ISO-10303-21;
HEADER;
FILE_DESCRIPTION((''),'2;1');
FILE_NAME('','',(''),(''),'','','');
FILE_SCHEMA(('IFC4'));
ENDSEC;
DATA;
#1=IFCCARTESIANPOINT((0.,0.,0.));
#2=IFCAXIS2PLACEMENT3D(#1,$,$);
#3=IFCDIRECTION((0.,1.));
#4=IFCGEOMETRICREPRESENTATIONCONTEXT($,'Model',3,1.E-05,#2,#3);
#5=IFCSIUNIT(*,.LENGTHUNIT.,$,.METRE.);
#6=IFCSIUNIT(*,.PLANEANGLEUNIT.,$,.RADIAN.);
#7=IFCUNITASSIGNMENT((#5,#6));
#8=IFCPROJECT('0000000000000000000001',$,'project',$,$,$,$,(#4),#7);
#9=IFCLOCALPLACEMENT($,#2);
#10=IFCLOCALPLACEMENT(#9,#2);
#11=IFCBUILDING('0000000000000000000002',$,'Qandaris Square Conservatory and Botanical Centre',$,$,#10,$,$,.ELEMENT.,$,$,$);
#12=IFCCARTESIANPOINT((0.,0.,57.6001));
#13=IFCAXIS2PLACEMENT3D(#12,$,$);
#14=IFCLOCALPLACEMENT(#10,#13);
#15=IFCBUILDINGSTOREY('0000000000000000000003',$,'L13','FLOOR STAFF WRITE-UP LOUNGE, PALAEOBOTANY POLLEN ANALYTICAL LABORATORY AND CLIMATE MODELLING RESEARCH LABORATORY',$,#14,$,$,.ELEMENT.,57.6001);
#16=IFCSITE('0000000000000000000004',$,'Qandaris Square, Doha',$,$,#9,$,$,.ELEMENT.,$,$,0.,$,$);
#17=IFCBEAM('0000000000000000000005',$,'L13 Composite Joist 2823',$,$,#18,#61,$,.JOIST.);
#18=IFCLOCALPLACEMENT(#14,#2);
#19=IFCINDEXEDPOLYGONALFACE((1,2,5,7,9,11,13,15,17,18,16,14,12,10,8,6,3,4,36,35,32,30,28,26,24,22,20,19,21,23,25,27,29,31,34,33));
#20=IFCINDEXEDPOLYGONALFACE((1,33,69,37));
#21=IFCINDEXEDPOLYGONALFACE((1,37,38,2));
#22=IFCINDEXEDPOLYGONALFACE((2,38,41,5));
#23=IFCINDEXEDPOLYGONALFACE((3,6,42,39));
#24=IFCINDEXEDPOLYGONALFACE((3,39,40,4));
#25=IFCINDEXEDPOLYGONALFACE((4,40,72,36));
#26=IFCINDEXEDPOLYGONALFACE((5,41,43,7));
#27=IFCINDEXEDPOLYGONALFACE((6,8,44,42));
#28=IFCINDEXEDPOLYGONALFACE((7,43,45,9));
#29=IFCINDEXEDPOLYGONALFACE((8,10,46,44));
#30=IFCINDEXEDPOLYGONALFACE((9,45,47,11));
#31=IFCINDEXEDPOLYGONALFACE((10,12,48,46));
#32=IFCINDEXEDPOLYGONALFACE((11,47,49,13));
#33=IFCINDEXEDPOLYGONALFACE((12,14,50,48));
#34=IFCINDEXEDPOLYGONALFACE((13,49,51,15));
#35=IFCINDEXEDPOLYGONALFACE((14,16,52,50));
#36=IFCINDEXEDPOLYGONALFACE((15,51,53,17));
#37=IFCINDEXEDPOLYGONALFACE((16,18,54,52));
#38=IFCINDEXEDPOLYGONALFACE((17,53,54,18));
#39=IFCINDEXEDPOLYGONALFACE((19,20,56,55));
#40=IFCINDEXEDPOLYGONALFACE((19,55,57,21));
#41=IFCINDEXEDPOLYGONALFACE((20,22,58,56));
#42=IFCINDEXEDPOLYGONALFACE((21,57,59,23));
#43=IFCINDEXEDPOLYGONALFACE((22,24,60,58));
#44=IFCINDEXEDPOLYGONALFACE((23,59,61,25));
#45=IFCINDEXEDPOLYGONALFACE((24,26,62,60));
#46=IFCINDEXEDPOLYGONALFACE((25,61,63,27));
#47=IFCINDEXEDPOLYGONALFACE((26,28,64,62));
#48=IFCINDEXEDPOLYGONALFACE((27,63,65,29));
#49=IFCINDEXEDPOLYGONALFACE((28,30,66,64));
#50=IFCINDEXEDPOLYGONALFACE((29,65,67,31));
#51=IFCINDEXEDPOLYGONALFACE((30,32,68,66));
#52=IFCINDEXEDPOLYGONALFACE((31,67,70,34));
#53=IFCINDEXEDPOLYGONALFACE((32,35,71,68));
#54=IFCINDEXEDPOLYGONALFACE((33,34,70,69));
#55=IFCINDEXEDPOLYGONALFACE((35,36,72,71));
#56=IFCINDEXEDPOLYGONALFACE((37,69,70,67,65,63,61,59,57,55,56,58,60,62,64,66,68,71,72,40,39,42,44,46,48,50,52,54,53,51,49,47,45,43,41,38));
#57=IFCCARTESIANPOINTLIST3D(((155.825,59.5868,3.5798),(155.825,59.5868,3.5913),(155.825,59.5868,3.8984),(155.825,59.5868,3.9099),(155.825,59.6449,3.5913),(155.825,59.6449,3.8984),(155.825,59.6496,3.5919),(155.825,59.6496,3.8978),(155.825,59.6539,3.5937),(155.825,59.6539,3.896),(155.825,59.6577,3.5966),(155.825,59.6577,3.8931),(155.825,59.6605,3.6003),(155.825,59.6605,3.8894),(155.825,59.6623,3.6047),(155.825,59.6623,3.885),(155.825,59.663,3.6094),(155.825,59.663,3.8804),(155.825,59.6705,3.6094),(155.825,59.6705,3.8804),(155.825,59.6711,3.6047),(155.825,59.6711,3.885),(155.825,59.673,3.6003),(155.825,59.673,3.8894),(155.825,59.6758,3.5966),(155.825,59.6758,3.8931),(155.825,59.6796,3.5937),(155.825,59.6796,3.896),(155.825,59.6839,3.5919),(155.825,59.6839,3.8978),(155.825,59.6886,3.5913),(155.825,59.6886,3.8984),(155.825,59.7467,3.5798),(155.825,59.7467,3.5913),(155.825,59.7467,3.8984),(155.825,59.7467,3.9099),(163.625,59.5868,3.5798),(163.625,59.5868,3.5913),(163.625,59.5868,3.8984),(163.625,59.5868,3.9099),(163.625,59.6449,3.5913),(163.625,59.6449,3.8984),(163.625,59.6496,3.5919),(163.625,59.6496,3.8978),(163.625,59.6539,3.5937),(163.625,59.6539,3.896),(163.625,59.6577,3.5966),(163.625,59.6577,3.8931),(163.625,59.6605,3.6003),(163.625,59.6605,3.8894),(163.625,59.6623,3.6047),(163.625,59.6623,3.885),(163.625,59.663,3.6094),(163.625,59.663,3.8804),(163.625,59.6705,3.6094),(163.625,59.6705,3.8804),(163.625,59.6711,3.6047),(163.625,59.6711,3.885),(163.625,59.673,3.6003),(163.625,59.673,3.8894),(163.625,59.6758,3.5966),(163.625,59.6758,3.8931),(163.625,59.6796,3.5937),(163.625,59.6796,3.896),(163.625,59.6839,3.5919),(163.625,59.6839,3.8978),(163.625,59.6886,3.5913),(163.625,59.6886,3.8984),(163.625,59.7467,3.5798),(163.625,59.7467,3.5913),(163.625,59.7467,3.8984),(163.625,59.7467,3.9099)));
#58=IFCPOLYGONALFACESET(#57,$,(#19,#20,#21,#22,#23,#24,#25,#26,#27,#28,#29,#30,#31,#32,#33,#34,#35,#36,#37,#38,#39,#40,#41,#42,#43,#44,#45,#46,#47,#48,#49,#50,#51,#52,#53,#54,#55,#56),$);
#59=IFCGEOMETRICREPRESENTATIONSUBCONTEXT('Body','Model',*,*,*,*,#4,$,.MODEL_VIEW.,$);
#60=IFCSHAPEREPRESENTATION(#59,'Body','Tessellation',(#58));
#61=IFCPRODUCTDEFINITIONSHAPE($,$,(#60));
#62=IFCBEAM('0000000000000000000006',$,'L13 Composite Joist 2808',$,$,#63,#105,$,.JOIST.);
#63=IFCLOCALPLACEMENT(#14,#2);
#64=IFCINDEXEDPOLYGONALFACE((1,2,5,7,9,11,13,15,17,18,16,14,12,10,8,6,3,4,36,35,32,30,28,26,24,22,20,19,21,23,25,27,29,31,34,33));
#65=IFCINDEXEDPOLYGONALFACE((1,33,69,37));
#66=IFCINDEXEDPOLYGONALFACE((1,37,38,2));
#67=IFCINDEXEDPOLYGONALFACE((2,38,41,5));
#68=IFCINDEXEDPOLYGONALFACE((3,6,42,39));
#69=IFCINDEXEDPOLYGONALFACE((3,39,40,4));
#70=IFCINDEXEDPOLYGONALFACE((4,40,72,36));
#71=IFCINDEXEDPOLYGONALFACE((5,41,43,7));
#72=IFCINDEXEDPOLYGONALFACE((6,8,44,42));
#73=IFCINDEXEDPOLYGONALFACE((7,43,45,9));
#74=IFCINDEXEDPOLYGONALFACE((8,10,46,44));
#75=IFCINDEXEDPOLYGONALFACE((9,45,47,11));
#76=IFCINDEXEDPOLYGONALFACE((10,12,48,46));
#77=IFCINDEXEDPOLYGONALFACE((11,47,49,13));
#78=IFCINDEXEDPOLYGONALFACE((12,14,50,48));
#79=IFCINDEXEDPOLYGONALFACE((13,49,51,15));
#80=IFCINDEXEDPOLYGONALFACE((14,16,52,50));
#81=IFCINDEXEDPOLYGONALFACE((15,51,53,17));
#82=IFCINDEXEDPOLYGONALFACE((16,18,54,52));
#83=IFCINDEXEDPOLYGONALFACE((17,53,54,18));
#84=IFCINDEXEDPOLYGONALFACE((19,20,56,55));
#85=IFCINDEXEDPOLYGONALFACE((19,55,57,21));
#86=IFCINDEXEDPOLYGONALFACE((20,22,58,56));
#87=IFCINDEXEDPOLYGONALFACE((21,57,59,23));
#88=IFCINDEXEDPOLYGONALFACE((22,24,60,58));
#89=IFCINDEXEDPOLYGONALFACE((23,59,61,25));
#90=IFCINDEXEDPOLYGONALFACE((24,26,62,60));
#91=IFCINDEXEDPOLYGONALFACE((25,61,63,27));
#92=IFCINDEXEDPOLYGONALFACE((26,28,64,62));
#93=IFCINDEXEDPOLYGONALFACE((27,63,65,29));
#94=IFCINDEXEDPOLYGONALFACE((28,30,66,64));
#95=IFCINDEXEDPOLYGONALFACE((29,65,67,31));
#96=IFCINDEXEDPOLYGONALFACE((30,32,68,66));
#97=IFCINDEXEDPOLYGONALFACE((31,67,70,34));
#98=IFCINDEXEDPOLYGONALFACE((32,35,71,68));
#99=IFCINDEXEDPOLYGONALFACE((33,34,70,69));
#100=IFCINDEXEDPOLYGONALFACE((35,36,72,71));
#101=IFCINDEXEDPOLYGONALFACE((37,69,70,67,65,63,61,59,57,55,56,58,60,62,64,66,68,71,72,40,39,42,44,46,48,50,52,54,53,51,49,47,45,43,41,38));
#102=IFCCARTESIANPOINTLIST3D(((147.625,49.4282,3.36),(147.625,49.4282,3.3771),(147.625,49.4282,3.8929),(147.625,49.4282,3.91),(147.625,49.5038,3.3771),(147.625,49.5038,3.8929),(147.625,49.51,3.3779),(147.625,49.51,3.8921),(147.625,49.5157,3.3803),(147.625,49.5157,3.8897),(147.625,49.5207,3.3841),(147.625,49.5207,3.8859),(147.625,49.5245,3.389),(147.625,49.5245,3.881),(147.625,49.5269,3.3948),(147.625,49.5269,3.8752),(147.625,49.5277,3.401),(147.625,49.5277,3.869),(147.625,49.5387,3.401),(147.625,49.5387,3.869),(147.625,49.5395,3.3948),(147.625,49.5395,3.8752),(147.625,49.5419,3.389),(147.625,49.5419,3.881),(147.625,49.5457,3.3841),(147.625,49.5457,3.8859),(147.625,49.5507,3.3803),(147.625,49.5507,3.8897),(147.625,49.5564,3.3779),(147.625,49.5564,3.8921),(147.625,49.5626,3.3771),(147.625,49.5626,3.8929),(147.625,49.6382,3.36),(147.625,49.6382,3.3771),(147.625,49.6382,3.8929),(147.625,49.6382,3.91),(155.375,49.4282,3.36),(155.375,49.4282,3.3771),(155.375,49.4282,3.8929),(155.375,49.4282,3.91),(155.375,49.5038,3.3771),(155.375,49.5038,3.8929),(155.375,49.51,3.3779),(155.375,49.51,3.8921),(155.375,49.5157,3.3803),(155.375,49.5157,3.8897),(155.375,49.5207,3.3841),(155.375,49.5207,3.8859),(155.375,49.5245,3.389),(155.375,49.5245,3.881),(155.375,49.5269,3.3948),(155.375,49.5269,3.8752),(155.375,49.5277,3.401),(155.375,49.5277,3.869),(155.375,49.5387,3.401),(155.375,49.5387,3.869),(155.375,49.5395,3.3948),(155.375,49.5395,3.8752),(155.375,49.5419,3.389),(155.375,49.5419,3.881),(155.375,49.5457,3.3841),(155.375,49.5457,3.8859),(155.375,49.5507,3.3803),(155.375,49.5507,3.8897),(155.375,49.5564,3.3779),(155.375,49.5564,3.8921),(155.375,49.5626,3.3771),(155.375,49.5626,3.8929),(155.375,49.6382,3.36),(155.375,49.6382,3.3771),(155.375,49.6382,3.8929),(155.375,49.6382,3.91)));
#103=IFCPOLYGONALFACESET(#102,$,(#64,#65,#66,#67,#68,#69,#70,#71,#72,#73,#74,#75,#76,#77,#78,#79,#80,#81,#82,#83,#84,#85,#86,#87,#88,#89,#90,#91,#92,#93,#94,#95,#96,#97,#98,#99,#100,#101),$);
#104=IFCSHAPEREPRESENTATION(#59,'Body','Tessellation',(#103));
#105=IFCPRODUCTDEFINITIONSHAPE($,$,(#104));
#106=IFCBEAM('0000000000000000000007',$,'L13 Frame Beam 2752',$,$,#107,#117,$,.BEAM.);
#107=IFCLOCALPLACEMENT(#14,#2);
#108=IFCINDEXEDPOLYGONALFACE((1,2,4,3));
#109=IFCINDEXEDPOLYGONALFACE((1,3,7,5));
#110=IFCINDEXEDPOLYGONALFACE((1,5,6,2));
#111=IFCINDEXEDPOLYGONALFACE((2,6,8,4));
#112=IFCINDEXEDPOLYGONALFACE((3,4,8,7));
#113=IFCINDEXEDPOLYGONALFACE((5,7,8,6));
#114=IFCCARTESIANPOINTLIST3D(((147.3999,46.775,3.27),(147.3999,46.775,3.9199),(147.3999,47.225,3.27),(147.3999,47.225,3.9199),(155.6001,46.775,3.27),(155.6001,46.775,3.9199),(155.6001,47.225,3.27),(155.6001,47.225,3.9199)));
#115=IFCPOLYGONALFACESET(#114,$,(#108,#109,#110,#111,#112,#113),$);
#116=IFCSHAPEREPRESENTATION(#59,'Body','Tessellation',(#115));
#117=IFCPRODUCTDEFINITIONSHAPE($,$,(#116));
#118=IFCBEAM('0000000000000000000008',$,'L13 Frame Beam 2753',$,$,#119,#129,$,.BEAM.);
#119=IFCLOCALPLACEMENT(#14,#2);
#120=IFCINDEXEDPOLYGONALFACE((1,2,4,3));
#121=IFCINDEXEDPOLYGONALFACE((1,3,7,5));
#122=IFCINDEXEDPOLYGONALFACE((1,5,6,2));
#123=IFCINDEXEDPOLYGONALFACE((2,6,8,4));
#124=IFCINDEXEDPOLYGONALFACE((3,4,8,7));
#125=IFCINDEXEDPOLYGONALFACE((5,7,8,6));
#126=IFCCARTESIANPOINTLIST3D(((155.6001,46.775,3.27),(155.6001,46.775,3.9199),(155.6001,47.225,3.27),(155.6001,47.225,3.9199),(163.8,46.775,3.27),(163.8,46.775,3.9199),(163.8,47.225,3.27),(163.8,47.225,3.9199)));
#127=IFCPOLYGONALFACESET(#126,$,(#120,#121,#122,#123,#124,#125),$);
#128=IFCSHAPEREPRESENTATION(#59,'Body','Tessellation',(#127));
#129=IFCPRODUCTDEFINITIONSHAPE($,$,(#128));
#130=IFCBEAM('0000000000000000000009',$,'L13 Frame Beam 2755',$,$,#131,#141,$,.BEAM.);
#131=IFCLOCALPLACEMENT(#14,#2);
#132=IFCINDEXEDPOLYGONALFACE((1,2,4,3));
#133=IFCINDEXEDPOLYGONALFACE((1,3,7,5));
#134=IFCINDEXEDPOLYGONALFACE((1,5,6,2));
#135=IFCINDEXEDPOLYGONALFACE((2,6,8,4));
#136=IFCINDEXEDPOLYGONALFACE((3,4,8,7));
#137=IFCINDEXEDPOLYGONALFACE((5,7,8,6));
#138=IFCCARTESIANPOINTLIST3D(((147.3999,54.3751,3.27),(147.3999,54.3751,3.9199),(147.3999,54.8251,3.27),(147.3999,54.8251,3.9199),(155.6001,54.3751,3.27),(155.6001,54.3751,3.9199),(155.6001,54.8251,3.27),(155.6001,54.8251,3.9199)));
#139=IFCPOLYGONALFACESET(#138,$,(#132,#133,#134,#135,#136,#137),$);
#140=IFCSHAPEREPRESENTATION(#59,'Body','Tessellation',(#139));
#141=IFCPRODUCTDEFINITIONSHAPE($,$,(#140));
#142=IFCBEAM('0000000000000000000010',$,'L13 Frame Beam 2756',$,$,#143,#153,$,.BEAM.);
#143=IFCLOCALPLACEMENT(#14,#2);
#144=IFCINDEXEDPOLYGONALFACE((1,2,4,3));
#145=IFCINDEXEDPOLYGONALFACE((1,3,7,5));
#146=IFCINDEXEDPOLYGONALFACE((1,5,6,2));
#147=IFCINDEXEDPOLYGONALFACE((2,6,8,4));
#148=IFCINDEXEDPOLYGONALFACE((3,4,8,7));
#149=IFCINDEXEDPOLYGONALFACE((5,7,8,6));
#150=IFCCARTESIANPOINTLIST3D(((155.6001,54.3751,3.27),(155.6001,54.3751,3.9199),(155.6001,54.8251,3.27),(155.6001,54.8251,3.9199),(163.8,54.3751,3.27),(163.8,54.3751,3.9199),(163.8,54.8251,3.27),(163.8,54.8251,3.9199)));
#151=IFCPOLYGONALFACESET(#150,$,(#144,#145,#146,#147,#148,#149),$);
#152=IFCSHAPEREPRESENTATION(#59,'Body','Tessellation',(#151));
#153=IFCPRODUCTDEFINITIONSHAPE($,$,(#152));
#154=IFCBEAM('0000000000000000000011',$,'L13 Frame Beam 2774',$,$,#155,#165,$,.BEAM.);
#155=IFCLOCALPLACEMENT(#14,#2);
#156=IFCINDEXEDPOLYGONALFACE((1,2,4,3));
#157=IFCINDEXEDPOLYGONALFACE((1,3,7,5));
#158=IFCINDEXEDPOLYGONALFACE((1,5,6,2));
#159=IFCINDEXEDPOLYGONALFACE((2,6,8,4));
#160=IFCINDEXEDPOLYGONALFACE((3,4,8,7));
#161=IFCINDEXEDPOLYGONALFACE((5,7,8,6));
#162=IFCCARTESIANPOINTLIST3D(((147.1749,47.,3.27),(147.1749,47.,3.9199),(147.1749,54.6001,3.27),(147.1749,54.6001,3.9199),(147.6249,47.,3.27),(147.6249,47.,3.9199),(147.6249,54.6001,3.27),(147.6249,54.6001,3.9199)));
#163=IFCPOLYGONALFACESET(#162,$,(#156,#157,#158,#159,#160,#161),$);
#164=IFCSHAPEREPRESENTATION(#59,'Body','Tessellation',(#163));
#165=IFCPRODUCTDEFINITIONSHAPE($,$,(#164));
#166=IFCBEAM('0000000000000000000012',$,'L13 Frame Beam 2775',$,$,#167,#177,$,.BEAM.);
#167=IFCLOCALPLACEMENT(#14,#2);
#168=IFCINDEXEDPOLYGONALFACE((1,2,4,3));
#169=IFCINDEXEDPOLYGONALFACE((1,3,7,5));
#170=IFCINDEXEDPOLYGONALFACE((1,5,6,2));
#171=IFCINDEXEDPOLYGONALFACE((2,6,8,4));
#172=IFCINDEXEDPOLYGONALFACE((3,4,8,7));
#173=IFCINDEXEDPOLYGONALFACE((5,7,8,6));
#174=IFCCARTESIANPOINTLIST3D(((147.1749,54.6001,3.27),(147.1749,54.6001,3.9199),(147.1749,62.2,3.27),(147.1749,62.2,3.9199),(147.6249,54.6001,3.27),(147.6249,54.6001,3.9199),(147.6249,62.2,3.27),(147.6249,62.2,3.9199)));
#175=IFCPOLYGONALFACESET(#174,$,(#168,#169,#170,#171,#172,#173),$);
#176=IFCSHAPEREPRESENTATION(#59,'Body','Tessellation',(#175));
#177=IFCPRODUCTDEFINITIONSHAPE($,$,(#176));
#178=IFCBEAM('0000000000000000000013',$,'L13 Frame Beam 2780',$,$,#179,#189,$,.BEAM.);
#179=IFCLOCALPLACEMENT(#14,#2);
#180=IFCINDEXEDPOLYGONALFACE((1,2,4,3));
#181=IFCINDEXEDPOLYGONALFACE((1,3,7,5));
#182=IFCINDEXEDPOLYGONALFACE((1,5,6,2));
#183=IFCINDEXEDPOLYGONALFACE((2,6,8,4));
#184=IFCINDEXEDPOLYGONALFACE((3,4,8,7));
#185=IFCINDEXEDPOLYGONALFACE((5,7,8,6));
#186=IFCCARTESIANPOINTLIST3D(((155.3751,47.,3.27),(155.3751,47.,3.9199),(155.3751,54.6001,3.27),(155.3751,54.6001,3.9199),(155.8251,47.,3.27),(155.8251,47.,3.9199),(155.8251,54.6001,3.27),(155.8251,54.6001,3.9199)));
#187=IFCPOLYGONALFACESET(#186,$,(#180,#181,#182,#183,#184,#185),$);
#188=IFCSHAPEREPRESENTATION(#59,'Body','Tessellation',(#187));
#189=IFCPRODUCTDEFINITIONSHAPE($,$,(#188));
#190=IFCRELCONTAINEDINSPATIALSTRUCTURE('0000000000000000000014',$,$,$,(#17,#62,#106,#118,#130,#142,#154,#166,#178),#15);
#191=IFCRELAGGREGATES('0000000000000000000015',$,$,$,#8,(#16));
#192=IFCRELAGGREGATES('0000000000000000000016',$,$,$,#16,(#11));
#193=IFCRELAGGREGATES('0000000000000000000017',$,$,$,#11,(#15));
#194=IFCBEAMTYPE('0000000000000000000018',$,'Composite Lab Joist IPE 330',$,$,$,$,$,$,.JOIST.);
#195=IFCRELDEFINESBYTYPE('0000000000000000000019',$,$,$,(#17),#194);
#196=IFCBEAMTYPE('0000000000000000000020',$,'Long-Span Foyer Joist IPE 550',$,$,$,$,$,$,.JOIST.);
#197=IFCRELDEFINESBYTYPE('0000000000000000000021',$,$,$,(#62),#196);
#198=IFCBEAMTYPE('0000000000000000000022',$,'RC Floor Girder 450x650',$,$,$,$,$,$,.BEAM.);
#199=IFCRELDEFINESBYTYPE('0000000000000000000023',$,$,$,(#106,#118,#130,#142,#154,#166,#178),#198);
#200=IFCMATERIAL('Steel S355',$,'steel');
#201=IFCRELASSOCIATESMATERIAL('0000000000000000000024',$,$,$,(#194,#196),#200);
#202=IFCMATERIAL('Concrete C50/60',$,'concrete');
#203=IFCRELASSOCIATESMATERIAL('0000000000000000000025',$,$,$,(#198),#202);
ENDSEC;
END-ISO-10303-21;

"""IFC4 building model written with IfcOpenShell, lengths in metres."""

from ifc_helpers import new_model, si_unit, direction, frame, origin, origin_2d, place, context, subcontext, project, spatial, rectangle, i_section, extrude, material, material_profile, profile_set, type_object, element, save


model = new_model("IFC4")

# Units and contexts
model_context = context("Model", 3, precision=1e-05, world=origin(), true_north=direction((0.0, 1.0)))
body_context = subcontext(model_context, "Body", "Model", "MODEL_VIEW")
ifc_project = project(units=[si_unit("LENGTHUNIT", "METRE"), si_unit("PLANEANGLEUNIT", "RADIAN")], contexts=[model_context])

# Site, building, storey
site_placement = place(None, origin())
site = spatial("IfcSite", under=ifc_project, at=site_placement, Name="Qandaris Square, Doha", CompositionType="ELEMENT", RefElevation=0.0)
building_placement = place(site_placement, origin())
building = spatial("IfcBuilding", under=site, at=building_placement, Name="Qandaris Square Conservatory and Botanical Centre", CompositionType="ELEMENT")
storey_placement = place(building_placement, frame((0.0, 0.0, 57.6001)))
storey = spatial("IfcBuildingStorey", under=building, at=storey_placement, Name="L13", Description="FLOOR STAFF WRITE-UP LOUNGE, PALAEOBOTANY POLLEN ANALYTICAL LABORATORY AND CLIMATE MODELLING RESEARCH LABORATORY", CompositionType="ELEMENT", Elevation=57.6001)

# Shared definitions
ifc_material_1 = material(Name="Concrete C50/60", Category="concrete")

# Beams
ifc_material_2 = material(Name="Steel S355", Category="steel")
ifc_material_profile_1 = material_profile(ifc_material_2, i_section(OverallWidth=0.1599, OverallDepth=0.3301, WebThickness=0.0076, FlangeThickness=0.0115, FilletRadius=0.0181, at=origin_2d()), Name="IPE 330")
ifc_profile_set_1 = profile_set([ifc_material_profile_1], Name="Steel S355")
beam_type_1 = type_object("IfcBeamType", Name="Composite Lab Joist IPE 330", PredefinedType="JOIST", material=ifc_profile_set_1)
beam_1_placement = place(storey_placement, frame((155.825, 59.6667, 3.7449), z_axis=(1.0, 0.0, 0.0), x_axis=(0.0, 1.0, 0.0)))
element("IfcBeam", 1, at=beam_1_placement, inside=storey, type_object=beam_type_1, Name="L13 Composite Joist 2823", PredefinedType="JOIST", context=body_context, shape_type="SweptSolid", body=[
    extrude(i_section(OverallWidth=0.1599, OverallDepth=0.3301, WebThickness=0.0076, FlangeThickness=0.0115, FilletRadius=0.0181, at=origin_2d()), origin(), (0.0, 0.0, 1.0), 7.8),
])
ifc_material_profile_2 = material_profile(ifc_material_2, i_section(OverallWidth=0.21, OverallDepth=0.55, WebThickness=0.011, FlangeThickness=0.0171, FilletRadius=0.0239, at=origin_2d()), Name="IPE 550")
ifc_profile_set_2 = profile_set([ifc_material_profile_2], Name="Steel S355")
beam_type_2 = type_object("IfcBeamType", Name="Long-Span Foyer Joist IPE 550", PredefinedType="JOIST", material=ifc_profile_set_2)
beam_2_placement = place(storey_placement, frame((147.625, 49.5332, 3.635), z_axis=(1.0, 0.0, 0.0), x_axis=(0.0, 1.0, 0.0)))
element("IfcBeam", 2, at=beam_2_placement, inside=storey, type_object=beam_type_2, Name="L13 Composite Joist 2808", PredefinedType="JOIST", context=body_context, shape_type="SweptSolid", body=[
    extrude(i_section(OverallWidth=0.21, OverallDepth=0.55, WebThickness=0.011, FlangeThickness=0.0171, FilletRadius=0.0239, at=origin_2d()), origin(), (0.0, 0.0, 1.0), 7.75),
])
ifc_material_profile_3 = material_profile(ifc_material_1, rectangle(XDim=0.45, YDim=0.6499, at=origin_2d()), Name="RC-BM 450x650")
ifc_profile_set_3 = profile_set([ifc_material_profile_3], Name="Concrete C50/60")
beam_type_3 = type_object("IfcBeamType", Name="RC Floor Girder 450x650", PredefinedType="BEAM", material=ifc_profile_set_3)
beam_3_placement = place(storey_placement, frame((147.3999, 47.0, 3.595), z_axis=(1.0, 0.0, 0.0), x_axis=(0.0, 1.0, 0.0)))
element("IfcBeam", 3, at=beam_3_placement, inside=storey, type_object=beam_type_3, Name="L13 Frame Beam 2752", PredefinedType="BEAM", context=body_context, shape_type="SweptSolid", body=[
    extrude(rectangle(XDim=0.45, YDim=0.6499, at=origin_2d()), origin(), (0.0, 0.0, 1.0), 8.2002),
])
beam_4_placement = place(storey_placement, frame((155.6001, 47.0, 3.595), z_axis=(1.0, 0.0, 0.0), x_axis=(0.0, 1.0, 0.0)))
element("IfcBeam", 4, at=beam_4_placement, inside=storey, type_object=beam_type_3, Name="L13 Frame Beam 2753", PredefinedType="BEAM", context=body_context, shape_type="SweptSolid", body=[
    extrude(rectangle(XDim=0.45, YDim=0.6499, at=origin_2d()), origin(), (0.0, 0.0, 1.0), 8.2),
])
beam_5_placement = place(storey_placement, frame((147.3999, 54.6001, 3.595), z_axis=(1.0, 0.0, 0.0), x_axis=(0.0, 1.0, 0.0)))
element("IfcBeam", 5, at=beam_5_placement, inside=storey, type_object=beam_type_3, Name="L13 Frame Beam 2755", PredefinedType="BEAM", context=body_context, shape_type="SweptSolid", body=[
    extrude(rectangle(XDim=0.45, YDim=0.6499, at=origin_2d()), origin(), (0.0, 0.0, 1.0), 8.2002),
])
beam_6_placement = place(storey_placement, frame((155.6001, 54.6001, 3.595), z_axis=(1.0, 0.0, 0.0), x_axis=(0.0, 1.0, 0.0)))
element("IfcBeam", 6, at=beam_6_placement, inside=storey, type_object=beam_type_3, Name="L13 Frame Beam 2756", PredefinedType="BEAM", context=body_context, shape_type="SweptSolid", body=[
    extrude(rectangle(XDim=0.45, YDim=0.6499, at=origin_2d()), origin(), (0.0, 0.0, 1.0), 8.2),
])
beam_7_placement = place(storey_placement, frame((147.3999, 47.0, 3.595), z_axis=(0.0, 1.0, 0.0), x_axis=(-1.0, 0.0, 0.0)))
element("IfcBeam", 7, at=beam_7_placement, inside=storey, type_object=beam_type_3, Name="L13 Frame Beam 2774", PredefinedType="BEAM", context=body_context, shape_type="SweptSolid", body=[
    extrude(rectangle(XDim=0.45, YDim=0.6499, at=origin_2d()), origin(), (0.0, 0.0, 1.0), 7.6001),
])
beam_8_placement = place(storey_placement, frame((147.3999, 54.6001, 3.595), z_axis=(0.0, 1.0, 0.0), x_axis=(-1.0, 0.0, 0.0)))
element("IfcBeam", 8, at=beam_8_placement, inside=storey, type_object=beam_type_3, Name="L13 Frame Beam 2775", PredefinedType="BEAM", context=body_context, shape_type="SweptSolid", body=[
    extrude(rectangle(XDim=0.45, YDim=0.6499, at=origin_2d()), origin(), (0.0, 0.0, 1.0), 7.5999),
])
beam_9_placement = place(storey_placement, frame((155.6001, 47.0, 3.595), z_axis=(0.0, 1.0, 0.0), x_axis=(-1.0, 0.0, 0.0)))
element("IfcBeam", 9, at=beam_9_placement, inside=storey, type_object=beam_type_3, Name="L13 Frame Beam 2780", PredefinedType="BEAM", context=body_context, shape_type="SweptSolid", body=[
    extrude(rectangle(XDim=0.45, YDim=0.6499, at=origin_2d()), origin(), (0.0, 0.0, 1.0), 7.6001),
])

save(model, "model.ifc")
